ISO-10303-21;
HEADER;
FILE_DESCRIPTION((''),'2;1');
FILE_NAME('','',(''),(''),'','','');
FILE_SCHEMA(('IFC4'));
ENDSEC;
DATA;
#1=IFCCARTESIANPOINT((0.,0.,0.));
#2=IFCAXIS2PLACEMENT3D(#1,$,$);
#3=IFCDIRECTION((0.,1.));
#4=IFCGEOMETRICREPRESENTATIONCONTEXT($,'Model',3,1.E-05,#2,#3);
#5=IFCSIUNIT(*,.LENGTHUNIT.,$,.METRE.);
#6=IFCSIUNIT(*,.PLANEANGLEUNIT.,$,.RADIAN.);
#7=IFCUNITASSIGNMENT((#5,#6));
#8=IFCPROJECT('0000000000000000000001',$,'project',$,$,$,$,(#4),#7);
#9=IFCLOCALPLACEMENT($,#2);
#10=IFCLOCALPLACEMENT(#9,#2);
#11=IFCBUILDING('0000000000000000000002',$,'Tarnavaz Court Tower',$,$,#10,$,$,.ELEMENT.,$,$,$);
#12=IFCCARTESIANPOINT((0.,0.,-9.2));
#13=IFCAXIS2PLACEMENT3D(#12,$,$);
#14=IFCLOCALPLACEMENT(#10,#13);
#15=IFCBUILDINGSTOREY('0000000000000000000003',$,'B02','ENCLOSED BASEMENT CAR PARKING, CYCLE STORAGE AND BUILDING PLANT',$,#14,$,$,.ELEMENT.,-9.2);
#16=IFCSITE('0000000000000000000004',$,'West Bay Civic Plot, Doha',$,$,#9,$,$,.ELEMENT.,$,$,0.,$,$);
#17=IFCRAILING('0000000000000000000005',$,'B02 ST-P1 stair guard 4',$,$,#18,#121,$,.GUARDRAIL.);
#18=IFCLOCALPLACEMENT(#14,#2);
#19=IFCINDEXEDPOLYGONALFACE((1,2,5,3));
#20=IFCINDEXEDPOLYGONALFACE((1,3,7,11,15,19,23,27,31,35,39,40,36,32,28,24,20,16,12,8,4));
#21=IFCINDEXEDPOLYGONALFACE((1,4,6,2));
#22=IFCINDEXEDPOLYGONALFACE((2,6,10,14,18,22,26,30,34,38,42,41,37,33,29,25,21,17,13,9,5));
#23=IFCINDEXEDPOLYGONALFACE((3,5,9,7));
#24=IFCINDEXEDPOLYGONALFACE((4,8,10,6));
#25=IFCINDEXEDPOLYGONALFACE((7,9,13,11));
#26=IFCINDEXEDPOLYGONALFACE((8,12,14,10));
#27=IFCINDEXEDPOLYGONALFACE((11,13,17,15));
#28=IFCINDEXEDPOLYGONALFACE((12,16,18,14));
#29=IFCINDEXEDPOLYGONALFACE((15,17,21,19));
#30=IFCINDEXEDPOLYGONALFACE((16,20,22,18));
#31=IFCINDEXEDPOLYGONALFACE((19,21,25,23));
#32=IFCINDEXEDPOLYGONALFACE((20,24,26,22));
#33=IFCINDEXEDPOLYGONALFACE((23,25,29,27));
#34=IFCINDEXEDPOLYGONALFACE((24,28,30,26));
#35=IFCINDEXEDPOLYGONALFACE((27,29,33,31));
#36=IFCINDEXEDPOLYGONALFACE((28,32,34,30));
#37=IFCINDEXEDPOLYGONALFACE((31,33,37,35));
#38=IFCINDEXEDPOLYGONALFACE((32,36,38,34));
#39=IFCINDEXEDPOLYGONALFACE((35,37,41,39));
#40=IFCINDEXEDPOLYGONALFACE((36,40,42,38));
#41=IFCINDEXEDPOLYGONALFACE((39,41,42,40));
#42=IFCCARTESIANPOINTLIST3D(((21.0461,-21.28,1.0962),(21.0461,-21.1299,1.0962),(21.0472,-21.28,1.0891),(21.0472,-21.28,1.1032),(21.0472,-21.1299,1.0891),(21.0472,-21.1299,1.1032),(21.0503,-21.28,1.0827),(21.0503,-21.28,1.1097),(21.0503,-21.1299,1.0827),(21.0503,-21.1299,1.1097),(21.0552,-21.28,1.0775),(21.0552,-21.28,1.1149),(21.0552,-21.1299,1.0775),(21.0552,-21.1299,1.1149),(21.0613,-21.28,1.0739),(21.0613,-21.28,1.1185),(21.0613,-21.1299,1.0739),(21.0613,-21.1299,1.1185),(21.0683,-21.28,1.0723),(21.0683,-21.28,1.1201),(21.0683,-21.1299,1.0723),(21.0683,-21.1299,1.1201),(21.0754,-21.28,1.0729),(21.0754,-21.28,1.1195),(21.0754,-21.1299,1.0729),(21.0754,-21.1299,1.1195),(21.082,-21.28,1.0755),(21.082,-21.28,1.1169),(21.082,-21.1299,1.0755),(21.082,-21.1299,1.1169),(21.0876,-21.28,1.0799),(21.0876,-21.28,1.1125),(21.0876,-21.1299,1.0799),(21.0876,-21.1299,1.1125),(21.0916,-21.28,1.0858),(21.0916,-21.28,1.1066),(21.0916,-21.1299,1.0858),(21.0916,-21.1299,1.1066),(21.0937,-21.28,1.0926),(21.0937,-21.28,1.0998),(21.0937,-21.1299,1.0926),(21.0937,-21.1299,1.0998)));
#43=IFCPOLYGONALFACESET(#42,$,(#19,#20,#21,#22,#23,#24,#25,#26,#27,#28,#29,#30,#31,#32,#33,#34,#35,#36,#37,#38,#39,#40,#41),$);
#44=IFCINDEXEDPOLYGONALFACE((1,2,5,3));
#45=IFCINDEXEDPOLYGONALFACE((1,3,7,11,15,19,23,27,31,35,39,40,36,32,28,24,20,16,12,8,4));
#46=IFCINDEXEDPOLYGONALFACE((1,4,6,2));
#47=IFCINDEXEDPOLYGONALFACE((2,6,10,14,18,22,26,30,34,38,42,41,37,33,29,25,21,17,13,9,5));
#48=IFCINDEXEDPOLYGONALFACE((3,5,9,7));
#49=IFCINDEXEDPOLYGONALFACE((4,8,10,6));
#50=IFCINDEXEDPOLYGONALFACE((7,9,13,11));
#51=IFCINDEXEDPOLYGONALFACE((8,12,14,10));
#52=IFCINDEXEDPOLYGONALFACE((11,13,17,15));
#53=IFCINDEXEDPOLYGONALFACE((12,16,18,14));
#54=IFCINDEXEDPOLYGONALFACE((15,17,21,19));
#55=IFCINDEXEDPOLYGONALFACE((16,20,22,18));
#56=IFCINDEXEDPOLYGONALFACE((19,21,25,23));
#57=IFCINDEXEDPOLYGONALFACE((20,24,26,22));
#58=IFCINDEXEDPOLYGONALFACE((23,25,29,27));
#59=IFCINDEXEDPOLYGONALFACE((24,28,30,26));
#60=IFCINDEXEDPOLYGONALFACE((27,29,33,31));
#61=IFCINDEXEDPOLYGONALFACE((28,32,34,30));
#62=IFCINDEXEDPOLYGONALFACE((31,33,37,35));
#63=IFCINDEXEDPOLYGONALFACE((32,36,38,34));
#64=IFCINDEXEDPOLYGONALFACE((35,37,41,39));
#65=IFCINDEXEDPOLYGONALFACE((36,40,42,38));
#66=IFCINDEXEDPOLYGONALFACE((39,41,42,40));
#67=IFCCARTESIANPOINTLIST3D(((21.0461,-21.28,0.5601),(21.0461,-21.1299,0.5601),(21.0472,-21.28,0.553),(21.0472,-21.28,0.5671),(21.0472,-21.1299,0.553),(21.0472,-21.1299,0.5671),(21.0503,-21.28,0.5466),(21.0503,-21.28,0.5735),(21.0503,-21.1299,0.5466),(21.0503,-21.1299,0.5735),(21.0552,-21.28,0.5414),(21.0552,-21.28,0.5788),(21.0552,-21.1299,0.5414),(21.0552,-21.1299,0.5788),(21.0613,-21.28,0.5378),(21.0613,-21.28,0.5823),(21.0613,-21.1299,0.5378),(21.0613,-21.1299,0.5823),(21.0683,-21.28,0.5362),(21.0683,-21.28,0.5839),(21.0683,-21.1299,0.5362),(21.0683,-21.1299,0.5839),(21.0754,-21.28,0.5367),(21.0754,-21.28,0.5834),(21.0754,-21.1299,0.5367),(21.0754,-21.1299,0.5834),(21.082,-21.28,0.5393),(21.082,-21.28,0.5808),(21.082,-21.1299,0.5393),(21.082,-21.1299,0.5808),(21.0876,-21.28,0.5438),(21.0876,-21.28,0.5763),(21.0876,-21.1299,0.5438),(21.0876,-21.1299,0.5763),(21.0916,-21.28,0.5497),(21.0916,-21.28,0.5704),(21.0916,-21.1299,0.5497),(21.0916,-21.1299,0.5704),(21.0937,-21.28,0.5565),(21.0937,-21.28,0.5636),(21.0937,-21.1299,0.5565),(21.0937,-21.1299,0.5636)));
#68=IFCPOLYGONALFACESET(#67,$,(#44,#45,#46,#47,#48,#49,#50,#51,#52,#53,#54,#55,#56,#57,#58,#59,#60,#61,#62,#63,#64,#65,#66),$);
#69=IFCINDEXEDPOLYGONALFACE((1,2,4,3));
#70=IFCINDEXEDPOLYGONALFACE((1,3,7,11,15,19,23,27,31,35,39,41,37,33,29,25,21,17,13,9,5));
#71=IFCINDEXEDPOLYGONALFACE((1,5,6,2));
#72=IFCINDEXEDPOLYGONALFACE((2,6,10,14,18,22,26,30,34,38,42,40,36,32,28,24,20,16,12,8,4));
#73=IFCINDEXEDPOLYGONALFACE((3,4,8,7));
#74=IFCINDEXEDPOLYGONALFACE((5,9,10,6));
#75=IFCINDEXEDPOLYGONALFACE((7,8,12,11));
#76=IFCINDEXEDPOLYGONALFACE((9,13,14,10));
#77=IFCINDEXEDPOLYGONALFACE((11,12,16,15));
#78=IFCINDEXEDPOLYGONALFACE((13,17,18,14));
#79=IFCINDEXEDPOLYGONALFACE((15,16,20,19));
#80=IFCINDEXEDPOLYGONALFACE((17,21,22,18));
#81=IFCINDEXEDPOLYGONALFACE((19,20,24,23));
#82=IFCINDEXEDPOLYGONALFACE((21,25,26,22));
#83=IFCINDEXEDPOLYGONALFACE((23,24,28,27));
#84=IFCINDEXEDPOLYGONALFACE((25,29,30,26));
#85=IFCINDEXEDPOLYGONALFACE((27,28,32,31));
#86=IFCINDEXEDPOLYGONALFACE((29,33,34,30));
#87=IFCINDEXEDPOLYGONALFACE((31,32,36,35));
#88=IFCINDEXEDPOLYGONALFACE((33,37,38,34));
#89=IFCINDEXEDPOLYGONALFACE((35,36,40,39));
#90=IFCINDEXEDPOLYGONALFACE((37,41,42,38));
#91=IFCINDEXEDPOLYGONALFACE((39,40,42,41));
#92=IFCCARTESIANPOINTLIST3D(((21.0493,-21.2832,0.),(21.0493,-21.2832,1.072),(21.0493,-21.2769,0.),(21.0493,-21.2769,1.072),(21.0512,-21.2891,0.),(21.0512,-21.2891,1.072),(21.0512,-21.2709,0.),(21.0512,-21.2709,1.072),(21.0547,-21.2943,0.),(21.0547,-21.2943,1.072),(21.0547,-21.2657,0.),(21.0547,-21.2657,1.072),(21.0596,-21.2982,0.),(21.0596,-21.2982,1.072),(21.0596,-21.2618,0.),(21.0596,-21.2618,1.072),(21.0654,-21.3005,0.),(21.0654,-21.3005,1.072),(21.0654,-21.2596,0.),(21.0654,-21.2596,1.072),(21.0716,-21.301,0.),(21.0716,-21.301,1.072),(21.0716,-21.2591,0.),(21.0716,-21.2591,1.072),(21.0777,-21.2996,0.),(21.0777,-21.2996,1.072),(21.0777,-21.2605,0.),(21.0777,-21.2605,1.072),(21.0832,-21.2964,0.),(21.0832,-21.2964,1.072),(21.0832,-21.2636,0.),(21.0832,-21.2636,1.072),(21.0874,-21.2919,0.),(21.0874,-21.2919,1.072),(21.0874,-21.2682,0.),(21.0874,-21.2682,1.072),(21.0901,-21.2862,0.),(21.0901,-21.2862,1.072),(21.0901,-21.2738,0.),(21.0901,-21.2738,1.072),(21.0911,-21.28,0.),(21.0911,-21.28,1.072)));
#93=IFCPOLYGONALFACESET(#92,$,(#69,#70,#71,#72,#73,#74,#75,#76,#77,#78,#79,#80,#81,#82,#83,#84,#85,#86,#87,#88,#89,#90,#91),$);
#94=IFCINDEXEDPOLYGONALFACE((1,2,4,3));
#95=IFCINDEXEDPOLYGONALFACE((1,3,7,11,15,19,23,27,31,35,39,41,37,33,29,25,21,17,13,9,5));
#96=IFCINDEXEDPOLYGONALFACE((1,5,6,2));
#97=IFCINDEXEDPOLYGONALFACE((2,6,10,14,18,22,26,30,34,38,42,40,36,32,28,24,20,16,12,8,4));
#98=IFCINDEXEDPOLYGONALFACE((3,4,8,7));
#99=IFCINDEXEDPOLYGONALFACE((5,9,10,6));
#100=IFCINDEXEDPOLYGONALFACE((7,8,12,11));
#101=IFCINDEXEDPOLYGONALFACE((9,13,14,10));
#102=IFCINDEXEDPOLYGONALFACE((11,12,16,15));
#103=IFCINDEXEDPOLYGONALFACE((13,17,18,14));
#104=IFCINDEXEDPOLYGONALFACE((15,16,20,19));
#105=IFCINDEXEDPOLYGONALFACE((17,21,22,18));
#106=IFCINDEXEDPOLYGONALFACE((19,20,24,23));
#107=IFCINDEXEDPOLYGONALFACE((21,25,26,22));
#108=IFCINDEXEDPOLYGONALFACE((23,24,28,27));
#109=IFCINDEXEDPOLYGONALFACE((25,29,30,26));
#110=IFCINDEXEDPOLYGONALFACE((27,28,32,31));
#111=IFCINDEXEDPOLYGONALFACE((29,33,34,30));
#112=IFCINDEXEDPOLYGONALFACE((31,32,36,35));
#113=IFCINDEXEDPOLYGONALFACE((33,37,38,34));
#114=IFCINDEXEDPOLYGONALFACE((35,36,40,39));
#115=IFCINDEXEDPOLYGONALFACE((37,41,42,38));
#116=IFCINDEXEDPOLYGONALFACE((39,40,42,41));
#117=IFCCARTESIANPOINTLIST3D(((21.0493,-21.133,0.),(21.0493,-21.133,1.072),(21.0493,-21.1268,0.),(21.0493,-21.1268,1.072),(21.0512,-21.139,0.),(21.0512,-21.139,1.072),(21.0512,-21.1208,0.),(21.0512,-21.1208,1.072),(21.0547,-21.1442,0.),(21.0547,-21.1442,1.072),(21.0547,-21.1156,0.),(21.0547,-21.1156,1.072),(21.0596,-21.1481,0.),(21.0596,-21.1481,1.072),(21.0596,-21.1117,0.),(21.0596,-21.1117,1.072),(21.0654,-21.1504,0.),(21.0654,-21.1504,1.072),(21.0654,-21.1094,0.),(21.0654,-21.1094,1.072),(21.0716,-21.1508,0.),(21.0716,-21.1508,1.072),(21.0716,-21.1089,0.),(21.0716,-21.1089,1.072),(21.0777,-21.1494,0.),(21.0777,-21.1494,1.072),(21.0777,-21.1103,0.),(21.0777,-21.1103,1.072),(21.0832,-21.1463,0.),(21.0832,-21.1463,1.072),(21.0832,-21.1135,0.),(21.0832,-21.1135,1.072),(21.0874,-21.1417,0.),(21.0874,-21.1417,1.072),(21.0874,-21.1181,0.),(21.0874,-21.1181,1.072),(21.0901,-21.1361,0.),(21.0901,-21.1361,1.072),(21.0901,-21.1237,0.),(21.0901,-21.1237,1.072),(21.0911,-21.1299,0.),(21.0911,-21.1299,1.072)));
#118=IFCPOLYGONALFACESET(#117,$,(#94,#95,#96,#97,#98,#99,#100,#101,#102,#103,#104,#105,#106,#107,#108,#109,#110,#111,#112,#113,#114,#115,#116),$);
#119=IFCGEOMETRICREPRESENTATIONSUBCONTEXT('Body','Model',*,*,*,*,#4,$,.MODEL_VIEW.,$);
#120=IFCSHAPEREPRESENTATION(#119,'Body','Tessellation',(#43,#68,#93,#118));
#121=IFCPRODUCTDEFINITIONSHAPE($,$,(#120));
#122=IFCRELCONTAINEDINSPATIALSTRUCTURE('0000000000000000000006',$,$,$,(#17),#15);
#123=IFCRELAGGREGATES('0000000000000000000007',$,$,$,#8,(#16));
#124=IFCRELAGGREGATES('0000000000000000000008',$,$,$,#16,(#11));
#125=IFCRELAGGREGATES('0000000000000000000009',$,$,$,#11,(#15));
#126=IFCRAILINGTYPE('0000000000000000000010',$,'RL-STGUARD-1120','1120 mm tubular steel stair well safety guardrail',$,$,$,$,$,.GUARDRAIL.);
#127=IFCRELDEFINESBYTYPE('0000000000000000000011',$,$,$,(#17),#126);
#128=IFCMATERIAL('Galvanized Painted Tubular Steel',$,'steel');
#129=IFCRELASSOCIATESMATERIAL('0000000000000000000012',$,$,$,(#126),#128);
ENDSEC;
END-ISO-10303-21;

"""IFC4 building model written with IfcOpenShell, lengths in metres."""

from ifc_helpers import new_model, si_unit, direction, frame, origin, origin_2d, place, context, subcontext, project, spatial, circle, extrude, material, type_object, element, save


model = new_model("IFC4")

# Units and contexts
model_context = context("Model", 3, precision=1e-05, world=origin(), true_north=direction((0.0, 1.0)))
body_context = subcontext(model_context, "Body", "Model", "MODEL_VIEW")
ifc_project = project(units=[si_unit("LENGTHUNIT", "METRE"), si_unit("PLANEANGLEUNIT", "RADIAN")], contexts=[model_context])

# Site, building, storey
site_placement = place(None, origin())
site = spatial("IfcSite", under=ifc_project, at=site_placement, Name="West Bay Civic Plot, Doha", CompositionType="ELEMENT", RefElevation=0.0)
building_placement = place(site_placement, origin())
building = spatial("IfcBuilding", under=site, at=building_placement, Name="Tarnavaz Court Tower", CompositionType="ELEMENT")
storey_placement = place(building_placement, frame((0.0, 0.0, -9.2)))
storey = spatial("IfcBuildingStorey", under=building, at=storey_placement, Name="B02", Description="ENCLOSED BASEMENT CAR PARKING, CYCLE STORAGE AND BUILDING PLANT", CompositionType="ELEMENT", Elevation=-9.2)

# Railing
ifc_material_1 = material(Name="Galvanized Painted Tubular Steel", Category="steel")
railing_type_1 = type_object("IfcRailingType", Name="RL-STGUARD-1120", Description="1120 mm tubular steel stair well safety guardrail", PredefinedType="GUARDRAIL", material=ifc_material_1)
railing_1_placement = place(storey_placement, frame((21.0701, -21.28, 0.0)))
element("IfcRailing", 1, at=railing_1_placement, inside=storey, type_object=railing_type_1, Name="B02 ST-P1 stair guard 4", PredefinedType="GUARDRAIL", context=body_context, shape_type="SweptSolid", body=[
    extrude(circle(Radius=0.0239, at=origin_2d()), frame((0.0, 0.0, 1.0962), z_axis=(0.0, 1.0, 0.0), x_axis=(-1.0, 0.0, 0.0)), (0.0, 0.0, 1.0), 0.1501),
    extrude(circle(Radius=0.0239, at=origin_2d()), frame((0.0, 0.0, 0.5601), z_axis=(0.0, 1.0, 0.0), x_axis=(-1.0, 0.0, 0.0)), (0.0, 0.0, 1.0), 0.1501),
    extrude(circle(Radius=0.021, at=origin_2d()), origin(), (0.0, 0.0, 1.0), 1.072),
    extrude(circle(Radius=0.021, at=origin_2d()), frame((0.0, 0.1501, 0.0)), (0.0, 0.0, 1.0), 1.072),
])

save(model, "model.ifc")
